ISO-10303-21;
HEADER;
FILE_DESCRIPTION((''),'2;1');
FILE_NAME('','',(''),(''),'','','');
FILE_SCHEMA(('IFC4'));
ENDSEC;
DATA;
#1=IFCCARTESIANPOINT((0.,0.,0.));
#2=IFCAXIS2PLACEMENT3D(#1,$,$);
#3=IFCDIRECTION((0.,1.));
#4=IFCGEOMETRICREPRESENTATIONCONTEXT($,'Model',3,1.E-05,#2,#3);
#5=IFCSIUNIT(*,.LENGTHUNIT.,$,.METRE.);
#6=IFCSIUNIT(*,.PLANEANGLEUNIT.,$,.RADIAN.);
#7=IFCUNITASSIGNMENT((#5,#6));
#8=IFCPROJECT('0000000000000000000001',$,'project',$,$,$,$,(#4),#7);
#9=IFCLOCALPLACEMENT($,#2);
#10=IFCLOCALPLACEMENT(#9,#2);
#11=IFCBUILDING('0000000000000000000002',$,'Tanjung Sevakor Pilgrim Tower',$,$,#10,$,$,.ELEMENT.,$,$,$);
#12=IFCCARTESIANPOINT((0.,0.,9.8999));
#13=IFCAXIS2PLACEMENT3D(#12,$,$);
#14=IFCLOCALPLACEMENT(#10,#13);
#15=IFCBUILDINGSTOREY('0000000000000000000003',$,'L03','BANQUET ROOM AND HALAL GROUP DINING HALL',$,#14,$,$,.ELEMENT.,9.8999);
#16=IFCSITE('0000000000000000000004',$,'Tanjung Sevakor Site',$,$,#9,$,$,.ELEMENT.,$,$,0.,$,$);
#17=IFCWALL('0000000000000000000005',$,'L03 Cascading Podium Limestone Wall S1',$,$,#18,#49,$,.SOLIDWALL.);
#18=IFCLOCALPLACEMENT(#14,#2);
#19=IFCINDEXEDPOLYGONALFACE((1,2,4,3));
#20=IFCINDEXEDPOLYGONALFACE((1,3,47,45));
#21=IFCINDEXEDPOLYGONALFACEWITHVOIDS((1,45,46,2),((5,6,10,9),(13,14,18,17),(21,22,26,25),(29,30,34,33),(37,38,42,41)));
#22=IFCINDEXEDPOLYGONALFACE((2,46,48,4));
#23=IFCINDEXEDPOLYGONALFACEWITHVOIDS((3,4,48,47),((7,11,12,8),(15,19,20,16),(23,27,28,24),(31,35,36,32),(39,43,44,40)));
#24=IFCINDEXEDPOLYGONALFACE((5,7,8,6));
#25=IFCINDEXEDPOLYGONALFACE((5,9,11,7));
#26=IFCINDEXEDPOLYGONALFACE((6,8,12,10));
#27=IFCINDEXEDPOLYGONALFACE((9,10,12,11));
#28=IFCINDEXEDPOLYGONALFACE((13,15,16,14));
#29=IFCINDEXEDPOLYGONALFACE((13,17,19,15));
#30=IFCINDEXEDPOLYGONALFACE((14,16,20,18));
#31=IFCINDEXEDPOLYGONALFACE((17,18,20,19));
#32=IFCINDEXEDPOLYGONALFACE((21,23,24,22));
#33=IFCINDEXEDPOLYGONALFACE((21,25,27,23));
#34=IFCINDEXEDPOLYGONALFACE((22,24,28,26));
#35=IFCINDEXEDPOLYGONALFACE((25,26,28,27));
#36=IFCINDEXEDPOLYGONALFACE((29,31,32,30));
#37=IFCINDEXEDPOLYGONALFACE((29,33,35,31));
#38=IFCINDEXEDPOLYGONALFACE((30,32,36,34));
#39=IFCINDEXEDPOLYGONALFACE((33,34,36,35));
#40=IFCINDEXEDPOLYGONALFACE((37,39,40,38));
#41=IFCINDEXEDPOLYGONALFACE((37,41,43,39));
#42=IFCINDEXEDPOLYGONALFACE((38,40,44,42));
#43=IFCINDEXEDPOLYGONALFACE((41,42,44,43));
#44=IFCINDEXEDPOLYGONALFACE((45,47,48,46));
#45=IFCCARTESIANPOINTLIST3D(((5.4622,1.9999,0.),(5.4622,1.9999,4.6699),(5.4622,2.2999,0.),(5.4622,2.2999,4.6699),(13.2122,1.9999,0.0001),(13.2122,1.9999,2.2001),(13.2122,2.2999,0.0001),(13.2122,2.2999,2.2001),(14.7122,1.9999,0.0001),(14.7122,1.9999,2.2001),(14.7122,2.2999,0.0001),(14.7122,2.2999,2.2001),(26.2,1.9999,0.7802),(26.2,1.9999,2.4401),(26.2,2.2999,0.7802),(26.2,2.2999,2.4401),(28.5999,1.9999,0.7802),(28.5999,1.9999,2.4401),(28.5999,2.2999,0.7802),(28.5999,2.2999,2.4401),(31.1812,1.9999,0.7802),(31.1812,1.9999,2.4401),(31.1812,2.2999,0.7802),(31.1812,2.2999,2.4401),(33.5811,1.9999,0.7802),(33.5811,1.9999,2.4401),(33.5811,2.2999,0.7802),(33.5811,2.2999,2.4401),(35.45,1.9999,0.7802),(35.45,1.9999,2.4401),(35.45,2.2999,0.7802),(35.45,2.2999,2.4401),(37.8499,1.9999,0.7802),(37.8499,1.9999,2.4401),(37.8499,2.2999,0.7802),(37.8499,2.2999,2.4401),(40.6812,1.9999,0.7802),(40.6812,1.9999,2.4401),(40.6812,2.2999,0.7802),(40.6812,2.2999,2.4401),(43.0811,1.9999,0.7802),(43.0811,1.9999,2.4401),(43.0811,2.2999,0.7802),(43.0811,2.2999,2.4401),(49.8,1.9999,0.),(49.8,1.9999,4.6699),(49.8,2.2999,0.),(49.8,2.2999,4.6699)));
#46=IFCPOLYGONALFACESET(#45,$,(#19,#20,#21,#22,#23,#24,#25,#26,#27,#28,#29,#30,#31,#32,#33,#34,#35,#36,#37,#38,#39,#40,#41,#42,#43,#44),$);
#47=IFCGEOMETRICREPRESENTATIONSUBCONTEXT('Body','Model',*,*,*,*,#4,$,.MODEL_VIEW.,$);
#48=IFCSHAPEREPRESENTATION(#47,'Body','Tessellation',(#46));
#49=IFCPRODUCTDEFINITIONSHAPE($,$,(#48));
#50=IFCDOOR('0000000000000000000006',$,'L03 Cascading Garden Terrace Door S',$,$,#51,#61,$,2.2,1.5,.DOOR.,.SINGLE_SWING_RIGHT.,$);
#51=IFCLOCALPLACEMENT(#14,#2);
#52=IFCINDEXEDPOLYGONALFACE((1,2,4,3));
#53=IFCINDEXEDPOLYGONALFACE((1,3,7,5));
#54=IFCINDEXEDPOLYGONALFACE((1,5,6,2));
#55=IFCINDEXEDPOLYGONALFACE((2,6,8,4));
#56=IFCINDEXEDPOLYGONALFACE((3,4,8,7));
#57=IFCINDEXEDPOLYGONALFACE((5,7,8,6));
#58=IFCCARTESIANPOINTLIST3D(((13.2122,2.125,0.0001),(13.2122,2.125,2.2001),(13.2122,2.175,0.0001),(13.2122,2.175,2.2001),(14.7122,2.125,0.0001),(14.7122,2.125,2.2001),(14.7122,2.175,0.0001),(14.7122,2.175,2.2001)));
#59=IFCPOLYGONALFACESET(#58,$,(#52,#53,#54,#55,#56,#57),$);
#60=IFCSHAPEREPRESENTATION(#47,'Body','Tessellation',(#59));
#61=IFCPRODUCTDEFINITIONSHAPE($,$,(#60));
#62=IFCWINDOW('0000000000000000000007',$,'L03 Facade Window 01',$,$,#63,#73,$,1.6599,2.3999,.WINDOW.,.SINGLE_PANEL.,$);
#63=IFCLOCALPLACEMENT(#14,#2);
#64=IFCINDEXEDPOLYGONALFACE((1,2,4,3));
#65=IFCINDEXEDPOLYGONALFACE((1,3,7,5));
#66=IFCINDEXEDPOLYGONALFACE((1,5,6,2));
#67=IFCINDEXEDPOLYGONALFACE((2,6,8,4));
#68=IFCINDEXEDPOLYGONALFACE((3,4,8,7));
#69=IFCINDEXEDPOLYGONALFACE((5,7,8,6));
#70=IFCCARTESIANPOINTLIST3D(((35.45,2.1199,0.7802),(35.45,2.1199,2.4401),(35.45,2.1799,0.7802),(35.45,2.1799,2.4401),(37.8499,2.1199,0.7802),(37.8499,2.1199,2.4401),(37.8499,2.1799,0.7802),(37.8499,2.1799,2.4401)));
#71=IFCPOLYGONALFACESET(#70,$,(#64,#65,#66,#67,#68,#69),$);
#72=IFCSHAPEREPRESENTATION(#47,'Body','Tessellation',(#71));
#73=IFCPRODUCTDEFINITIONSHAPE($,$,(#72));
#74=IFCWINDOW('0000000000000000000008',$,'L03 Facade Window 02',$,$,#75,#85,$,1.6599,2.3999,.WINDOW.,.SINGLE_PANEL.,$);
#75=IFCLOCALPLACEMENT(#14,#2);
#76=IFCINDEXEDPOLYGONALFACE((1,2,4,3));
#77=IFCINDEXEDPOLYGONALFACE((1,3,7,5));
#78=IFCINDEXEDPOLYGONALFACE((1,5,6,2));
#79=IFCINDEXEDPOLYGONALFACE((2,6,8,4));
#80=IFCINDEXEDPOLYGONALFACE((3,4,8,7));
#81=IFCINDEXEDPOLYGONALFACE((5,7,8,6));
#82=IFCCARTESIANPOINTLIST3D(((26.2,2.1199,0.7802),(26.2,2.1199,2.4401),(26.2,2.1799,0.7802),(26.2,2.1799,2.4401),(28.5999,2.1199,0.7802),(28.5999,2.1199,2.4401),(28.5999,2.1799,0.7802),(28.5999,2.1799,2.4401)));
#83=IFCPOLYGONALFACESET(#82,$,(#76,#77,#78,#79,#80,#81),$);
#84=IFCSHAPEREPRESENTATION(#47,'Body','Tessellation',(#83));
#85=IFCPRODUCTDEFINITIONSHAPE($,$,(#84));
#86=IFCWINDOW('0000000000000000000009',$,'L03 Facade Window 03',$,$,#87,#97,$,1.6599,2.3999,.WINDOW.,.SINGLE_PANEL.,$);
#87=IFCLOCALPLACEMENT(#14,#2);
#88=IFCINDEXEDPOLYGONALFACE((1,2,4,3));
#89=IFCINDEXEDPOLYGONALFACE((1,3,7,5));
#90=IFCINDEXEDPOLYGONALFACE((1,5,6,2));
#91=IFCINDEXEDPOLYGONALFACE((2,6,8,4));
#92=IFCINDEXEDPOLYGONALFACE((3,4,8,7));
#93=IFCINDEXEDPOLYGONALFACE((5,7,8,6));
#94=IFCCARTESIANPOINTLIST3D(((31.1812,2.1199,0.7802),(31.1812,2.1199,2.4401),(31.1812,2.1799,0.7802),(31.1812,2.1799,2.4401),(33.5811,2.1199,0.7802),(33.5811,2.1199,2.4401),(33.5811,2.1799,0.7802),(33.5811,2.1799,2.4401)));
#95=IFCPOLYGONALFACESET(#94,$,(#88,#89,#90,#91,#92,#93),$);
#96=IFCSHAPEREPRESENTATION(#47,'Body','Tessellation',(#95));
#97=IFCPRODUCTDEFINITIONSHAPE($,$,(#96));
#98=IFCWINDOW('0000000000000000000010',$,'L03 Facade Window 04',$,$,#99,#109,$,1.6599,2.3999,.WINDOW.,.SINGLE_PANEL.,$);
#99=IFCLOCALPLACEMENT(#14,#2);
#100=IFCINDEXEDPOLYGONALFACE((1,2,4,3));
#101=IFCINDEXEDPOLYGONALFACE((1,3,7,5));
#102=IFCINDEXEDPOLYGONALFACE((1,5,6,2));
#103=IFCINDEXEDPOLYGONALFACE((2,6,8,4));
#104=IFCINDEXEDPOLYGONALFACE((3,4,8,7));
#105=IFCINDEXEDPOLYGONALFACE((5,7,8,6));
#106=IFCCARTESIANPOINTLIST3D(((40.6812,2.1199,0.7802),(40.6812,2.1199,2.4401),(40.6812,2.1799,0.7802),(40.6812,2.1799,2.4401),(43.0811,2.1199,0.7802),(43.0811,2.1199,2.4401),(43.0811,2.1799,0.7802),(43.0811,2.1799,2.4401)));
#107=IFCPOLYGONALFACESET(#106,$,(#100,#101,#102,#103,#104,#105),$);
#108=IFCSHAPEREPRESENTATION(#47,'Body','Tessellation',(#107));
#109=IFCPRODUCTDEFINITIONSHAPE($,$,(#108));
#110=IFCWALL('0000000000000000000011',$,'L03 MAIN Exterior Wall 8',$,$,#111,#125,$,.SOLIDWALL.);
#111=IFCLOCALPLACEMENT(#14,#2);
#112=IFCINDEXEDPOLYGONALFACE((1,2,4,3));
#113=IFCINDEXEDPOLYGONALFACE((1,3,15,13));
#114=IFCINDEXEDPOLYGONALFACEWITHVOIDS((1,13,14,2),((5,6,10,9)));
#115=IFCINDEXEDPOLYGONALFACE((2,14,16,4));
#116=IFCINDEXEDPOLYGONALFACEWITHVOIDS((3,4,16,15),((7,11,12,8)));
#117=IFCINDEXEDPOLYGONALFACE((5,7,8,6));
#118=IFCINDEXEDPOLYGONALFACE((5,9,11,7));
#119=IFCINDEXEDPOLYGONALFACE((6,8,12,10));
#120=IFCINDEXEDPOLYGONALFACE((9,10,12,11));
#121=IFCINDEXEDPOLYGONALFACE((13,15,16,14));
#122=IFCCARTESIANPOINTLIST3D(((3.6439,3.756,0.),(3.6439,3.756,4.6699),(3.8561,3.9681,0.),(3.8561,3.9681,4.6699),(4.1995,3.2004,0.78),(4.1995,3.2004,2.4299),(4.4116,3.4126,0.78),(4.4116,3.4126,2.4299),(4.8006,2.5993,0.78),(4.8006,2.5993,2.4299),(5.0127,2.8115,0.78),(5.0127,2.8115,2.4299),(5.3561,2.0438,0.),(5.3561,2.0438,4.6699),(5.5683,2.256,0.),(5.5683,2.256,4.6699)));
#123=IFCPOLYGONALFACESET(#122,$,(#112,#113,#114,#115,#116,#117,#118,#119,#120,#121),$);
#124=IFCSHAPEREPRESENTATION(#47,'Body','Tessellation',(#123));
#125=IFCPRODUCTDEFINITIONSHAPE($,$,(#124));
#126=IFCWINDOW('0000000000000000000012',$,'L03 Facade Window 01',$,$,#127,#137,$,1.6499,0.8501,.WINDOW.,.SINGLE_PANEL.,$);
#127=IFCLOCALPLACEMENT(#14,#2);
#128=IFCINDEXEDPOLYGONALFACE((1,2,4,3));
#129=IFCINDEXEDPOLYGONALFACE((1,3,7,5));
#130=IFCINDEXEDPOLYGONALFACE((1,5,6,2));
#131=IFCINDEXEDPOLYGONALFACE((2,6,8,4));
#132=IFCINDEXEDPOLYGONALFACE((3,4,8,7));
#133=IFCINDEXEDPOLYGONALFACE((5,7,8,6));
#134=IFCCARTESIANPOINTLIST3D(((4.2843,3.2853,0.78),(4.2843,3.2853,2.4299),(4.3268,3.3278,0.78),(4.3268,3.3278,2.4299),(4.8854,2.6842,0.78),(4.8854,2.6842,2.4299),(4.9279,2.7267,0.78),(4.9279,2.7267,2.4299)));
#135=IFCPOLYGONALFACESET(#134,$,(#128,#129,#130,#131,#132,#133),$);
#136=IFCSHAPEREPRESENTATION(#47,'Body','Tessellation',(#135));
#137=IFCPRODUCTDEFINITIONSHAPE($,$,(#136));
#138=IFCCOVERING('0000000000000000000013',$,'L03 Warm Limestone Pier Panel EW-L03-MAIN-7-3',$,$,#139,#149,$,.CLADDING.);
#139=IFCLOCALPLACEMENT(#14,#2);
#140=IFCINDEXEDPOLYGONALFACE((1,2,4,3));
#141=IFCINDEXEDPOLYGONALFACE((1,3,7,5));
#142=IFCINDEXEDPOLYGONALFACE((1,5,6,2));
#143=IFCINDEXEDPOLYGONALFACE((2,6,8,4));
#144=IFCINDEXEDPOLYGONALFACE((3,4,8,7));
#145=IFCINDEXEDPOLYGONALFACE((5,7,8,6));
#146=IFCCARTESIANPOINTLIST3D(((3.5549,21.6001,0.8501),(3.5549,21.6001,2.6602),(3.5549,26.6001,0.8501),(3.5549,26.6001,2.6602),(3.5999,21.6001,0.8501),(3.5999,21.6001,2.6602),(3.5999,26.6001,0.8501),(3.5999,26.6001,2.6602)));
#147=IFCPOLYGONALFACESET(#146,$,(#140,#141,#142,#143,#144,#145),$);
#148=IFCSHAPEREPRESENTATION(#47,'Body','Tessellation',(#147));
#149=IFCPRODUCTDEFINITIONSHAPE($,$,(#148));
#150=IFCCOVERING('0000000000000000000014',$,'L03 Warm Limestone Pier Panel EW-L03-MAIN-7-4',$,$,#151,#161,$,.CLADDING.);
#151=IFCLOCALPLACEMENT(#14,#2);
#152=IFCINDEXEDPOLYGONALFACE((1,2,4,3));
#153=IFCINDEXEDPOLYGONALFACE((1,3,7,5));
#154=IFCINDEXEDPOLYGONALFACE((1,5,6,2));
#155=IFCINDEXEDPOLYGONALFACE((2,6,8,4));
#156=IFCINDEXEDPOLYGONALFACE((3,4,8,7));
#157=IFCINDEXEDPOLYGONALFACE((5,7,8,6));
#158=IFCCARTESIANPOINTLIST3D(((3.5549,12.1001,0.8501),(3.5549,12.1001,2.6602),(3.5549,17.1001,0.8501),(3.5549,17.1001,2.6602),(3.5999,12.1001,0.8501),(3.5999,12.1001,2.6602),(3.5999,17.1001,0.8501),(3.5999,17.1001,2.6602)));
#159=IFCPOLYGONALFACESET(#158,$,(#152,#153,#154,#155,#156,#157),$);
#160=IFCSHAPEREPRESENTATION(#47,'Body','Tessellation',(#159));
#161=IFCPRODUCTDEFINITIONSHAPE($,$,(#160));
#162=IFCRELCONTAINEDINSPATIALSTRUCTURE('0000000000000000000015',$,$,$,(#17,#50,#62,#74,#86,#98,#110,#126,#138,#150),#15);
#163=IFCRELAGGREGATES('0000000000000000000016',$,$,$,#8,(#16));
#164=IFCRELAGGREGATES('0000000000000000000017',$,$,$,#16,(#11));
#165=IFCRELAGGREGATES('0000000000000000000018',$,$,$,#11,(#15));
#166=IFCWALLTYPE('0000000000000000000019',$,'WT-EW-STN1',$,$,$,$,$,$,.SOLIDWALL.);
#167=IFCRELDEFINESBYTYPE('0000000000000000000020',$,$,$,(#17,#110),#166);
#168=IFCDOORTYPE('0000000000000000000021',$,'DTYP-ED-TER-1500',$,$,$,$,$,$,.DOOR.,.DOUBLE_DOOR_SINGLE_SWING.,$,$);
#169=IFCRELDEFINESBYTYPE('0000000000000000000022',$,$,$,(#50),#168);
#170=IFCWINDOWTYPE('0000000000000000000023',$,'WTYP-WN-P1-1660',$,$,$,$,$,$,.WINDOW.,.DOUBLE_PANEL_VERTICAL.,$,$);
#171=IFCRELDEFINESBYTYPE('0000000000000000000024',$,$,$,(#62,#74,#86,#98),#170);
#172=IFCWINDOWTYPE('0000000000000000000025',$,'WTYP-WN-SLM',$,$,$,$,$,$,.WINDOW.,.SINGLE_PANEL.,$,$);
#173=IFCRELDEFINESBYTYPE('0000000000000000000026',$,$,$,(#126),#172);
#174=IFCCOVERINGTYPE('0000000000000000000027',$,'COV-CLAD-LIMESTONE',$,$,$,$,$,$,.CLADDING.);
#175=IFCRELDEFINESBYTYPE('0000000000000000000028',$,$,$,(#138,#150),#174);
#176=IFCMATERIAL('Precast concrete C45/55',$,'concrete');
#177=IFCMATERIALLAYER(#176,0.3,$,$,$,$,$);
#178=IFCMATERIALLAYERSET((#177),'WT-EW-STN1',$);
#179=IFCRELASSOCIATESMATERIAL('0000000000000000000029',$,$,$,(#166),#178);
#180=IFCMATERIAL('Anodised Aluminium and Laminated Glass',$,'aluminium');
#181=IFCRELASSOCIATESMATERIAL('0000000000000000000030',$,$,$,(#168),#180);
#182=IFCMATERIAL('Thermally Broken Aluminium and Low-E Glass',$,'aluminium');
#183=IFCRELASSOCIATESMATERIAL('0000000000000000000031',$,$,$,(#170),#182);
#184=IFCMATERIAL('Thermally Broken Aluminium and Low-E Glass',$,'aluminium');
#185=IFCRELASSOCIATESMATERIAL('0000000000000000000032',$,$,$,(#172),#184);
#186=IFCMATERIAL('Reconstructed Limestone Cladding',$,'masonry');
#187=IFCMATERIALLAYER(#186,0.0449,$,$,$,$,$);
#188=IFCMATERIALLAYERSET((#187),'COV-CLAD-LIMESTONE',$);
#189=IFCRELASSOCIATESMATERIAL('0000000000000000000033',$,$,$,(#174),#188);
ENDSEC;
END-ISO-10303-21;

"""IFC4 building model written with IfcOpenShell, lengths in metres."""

from ifc_helpers import new_model, si_unit, direction, frame, frame_2d, origin, origin_2d, place, context, subcontext, project, spatial, rectangle, extrude, material, layer, layer_set, type_object, element, fill, save


model = new_model("IFC4")

# Units and contexts
model_context = context("Model", 3, precision=1e-05, world=origin(), true_north=direction((0.0, 1.0)))
body_context = subcontext(model_context, "Body", "Model", "MODEL_VIEW")
ifc_project = project(units=[si_unit("LENGTHUNIT", "METRE"), si_unit("PLANEANGLEUNIT", "RADIAN")], contexts=[model_context])

# Site, building, storey
site_placement = place(None, origin())
site = spatial("IfcSite", under=ifc_project, at=site_placement, Name="Tanjung Sevakor Site", CompositionType="ELEMENT", RefElevation=0.0)
building_placement = place(site_placement, origin())
building = spatial("IfcBuilding", under=site, at=building_placement, Name="Tanjung Sevakor Pilgrim Tower", CompositionType="ELEMENT")
storey_placement = place(building_placement, frame((0.0, 0.0, 9.8999)))
storey = spatial("IfcBuildingStorey", under=building, at=storey_placement, Name="L03", Description="BANQUET ROOM AND HALAL GROUP DINING HALL", CompositionType="ELEMENT", Elevation=9.8999)

# Wall, openings, door, windows
ifc_material_1 = material(Name="Precast concrete C45/55", Category="concrete")
ifc_layer_1 = layer(ifc_material_1, 0.3)
ifc_layer_set_1 = layer_set([ifc_layer_1], Name="WT-EW-STN1")
wall_type_1 = type_object("IfcWallType", Name="WT-EW-STN1", PredefinedType="SOLIDWALL", material=ifc_layer_set_1)
wall_1_placement = place(storey_placement, frame((5.4622, 2.1499, 0.0), z_axis=(0.0, 0.0, 1.0), x_axis=(1.0, 0.0, 0.0)))
wall_1 = element("IfcWall", 1, at=wall_1_placement, inside=storey, type_object=wall_type_1, Name="L03 Cascading Podium Limestone Wall S1", PredefinedType="SOLIDWALL", context=body_context, shape_type="SweptSolid", body=[
    extrude(rectangle(XDim=44.3379, YDim=0.3, at=frame_2d((22.1689, 0.0))), origin(), (0.0, 0.0, 1.0), 4.6699),
])
opening_1_placement = place(wall_1_placement, frame((7.75, 0.0, 0.0)))
opening_1 = element("IfcOpeningElement", 2, at=opening_1_placement, cuts=wall_1, PredefinedType="OPENING", context=body_context, shape_type="SweptSolid", body=[
    extrude(rectangle(XDim=1.5, YDim=2.2, at=frame_2d((0.75, 1.1001))), frame((0.0, 0.1599, 0.0), z_axis=(0.0, -1.0, 0.0), x_axis=(1.0, 0.0, 0.0)), (0.0, 0.0, 1.0), 0.3201),
])
opening_2_placement = place(wall_1_placement, frame((29.9878, 0.0, 0.78)))
opening_2 = element("IfcOpeningElement", 3, at=opening_2_placement, cuts=wall_1, PredefinedType="OPENING", context=body_context, shape_type="SweptSolid", body=[
    extrude(rectangle(XDim=2.3999, YDim=1.6599, at=frame_2d((1.2, 0.8301))), frame((0.0, 0.1599, 0.0), z_axis=(0.0, -1.0, 0.0), x_axis=(1.0, 0.0, 0.0)), (0.0, 0.0, 1.0), 0.3201),
])
opening_3_placement = place(wall_1_placement, frame((20.7378, 0.0, 0.78)))
opening_3 = element("IfcOpeningElement", 4, at=opening_3_placement, cuts=wall_1, PredefinedType="OPENING", context=body_context, shape_type="SweptSolid", body=[
    extrude(rectangle(XDim=2.3999, YDim=1.6599, at=frame_2d((1.2, 0.8301))), frame((0.0, 0.1599, 0.0), z_axis=(0.0, -1.0, 0.0), x_axis=(1.0, 0.0, 0.0)), (0.0, 0.0, 1.0), 0.3201),
])
opening_4_placement = place(wall_1_placement, frame((25.719, 0.0, 0.78)))
opening_4 = element("IfcOpeningElement", 5, at=opening_4_placement, cuts=wall_1, PredefinedType="OPENING", context=body_context, shape_type="SweptSolid", body=[
    extrude(rectangle(XDim=2.3999, YDim=1.6599, at=frame_2d((1.2, 0.8301))), frame((0.0, 0.1599, 0.0), z_axis=(0.0, -1.0, 0.0), x_axis=(1.0, 0.0, 0.0)), (0.0, 0.0, 1.0), 0.3201),
])
opening_5_placement = place(wall_1_placement, frame((35.219, 0.0, 0.78)))
opening_5 = element("IfcOpeningElement", 6, at=opening_5_placement, cuts=wall_1, PredefinedType="OPENING", context=body_context, shape_type="SweptSolid", body=[
    extrude(rectangle(XDim=2.3999, YDim=1.6599, at=frame_2d((1.2, 0.8301))), frame((0.0, 0.1599, 0.0), z_axis=(0.0, -1.0, 0.0), x_axis=(1.0, 0.0, 0.0)), (0.0, 0.0, 1.0), 0.3201),
])
ifc_material_2 = material(Name="Anodised Aluminium and Laminated Glass", Category="aluminium")
door_type_1 = type_object("IfcDoorType", Name="DTYP-ED-TER-1500", OperationType="DOUBLE_DOOR_SINGLE_SWING", PredefinedType="DOOR", material=ifc_material_2)
door_1_placement = place(opening_1_placement, frame((1.5, 0.0, 0.0), z_axis=(0.0, 0.0, 1.0), x_axis=(-1.0, 0.0, 0.0)))
door_1 = element("IfcDoor", 7, at=door_1_placement, inside=storey, type_object=door_type_1, Name="L03 Cascading Garden Terrace Door S", OperationType="SINGLE_SWING_RIGHT", OverallHeight=2.2, OverallWidth=1.5, PredefinedType="DOOR", context=body_context, shape_type="SweptSolid", body=[
    extrude(rectangle(XDim=1.5, YDim=2.2, at=frame_2d((0.75, 1.1001))), frame((0.0, 0.0249, 0.0), z_axis=(0.0, -1.0, 0.0), x_axis=(1.0, 0.0, 0.0)), (0.0, 0.0, 1.0), 0.05),
])
fill(opening_1, door_1)
ifc_material_3 = material(Name="Thermally Broken Aluminium and Low-E Glass", Category="aluminium")
window_type_1 = type_object("IfcWindowType", Name="WTYP-WN-P1-1660", PartitioningType="DOUBLE_PANEL_VERTICAL", PredefinedType="WINDOW", material=ifc_material_3)
window_1_placement = place(opening_2_placement, origin())
window_1 = element("IfcWindow", 8, at=window_1_placement, inside=storey, type_object=window_type_1, Name="L03 Facade Window 01", OverallHeight=1.6599, OverallWidth=2.3999, PartitioningType="SINGLE_PANEL", PredefinedType="WINDOW", context=body_context, shape_type="SweptSolid", body=[
    extrude(rectangle(XDim=2.3999, YDim=1.6599, at=frame_2d((1.2, 0.8301))), frame((0.0, 0.03, 0.0), z_axis=(0.0, -1.0, 0.0), x_axis=(1.0, 0.0, 0.0)), (0.0, 0.0, 1.0), 0.0601),
])
fill(opening_2, window_1)
window_2_placement = place(opening_3_placement, origin())
window_2 = element("IfcWindow", 9, at=window_2_placement, inside=storey, type_object=window_type_1, Name="L03 Facade Window 02", OverallHeight=1.6599, OverallWidth=2.3999, PartitioningType="SINGLE_PANEL", PredefinedType="WINDOW", context=body_context, shape_type="SweptSolid", body=[
    extrude(rectangle(XDim=2.3999, YDim=1.6599, at=frame_2d((1.2, 0.8301))), frame((0.0, 0.03, 0.0), z_axis=(0.0, -1.0, 0.0), x_axis=(1.0, 0.0, 0.0)), (0.0, 0.0, 1.0), 0.0601),
])
fill(opening_3, window_2)
window_3_placement = place(opening_4_placement, origin())
window_3 = element("IfcWindow", 10, at=window_3_placement, inside=storey, type_object=window_type_1, Name="L03 Facade Window 03", OverallHeight=1.6599, OverallWidth=2.3999, PartitioningType="SINGLE_PANEL", PredefinedType="WINDOW", context=body_context, shape_type="SweptSolid", body=[
    extrude(rectangle(XDim=2.3999, YDim=1.6599, at=frame_2d((1.2, 0.8301))), frame((0.0, 0.03, 0.0), z_axis=(0.0, -1.0, 0.0), x_axis=(1.0, 0.0, 0.0)), (0.0, 0.0, 1.0), 0.0601),
])
fill(opening_4, window_3)
window_4_placement = place(opening_5_placement, origin())
window_4 = element("IfcWindow", 11, at=window_4_placement, inside=storey, type_object=window_type_1, Name="L03 Facade Window 04", OverallHeight=1.6599, OverallWidth=2.3999, PartitioningType="SINGLE_PANEL", PredefinedType="WINDOW", context=body_context, shape_type="SweptSolid", body=[
    extrude(rectangle(XDim=2.3999, YDim=1.6599, at=frame_2d((1.2, 0.8301))), frame((0.0, 0.03, 0.0), z_axis=(0.0, -1.0, 0.0), x_axis=(1.0, 0.0, 0.0)), (0.0, 0.0, 1.0), 0.0601),
])
fill(opening_5, window_4)

# Wall, opening, window
wall_2_placement = place(storey_placement, frame((3.75, 3.8621, 0.0), z_axis=(0.0, 0.0, 1.0), x_axis=(0.707107, -0.707107, 0.0)))
wall_2 = element("IfcWall", 12, at=wall_2_placement, inside=storey, type_object=wall_type_1, Name="L03 MAIN Exterior Wall 8", PredefinedType="SOLIDWALL", context=body_context, shape_type="SweptSolid", body=[
    extrude(rectangle(XDim=2.4214, YDim=0.3, at=frame_2d((1.2107, 0.0))), origin(), (0.0, 0.0, 1.0), 4.6699),
])
opening_6_placement = place(wall_2_placement, frame((0.7856, 0.0, 0.78)))
opening_6 = element("IfcOpeningElement", 13, at=opening_6_placement, cuts=wall_2, PredefinedType="OPENING", context=body_context, shape_type="SweptSolid", body=[
    extrude(rectangle(XDim=0.8501, YDim=1.6499, at=frame_2d((0.425, 0.825))), frame((0.0, 0.1599, 0.0), z_axis=(0.0, -1.0, 0.0), x_axis=(1.0, 0.0, 0.0)), (0.0, 0.0, 1.0), 0.3201),
])
ifc_material_4 = material(Name="Thermally Broken Aluminium and Low-E Glass", Category="aluminium")
window_type_2 = type_object("IfcWindowType", Name="WTYP-WN-SLM", PartitioningType="SINGLE_PANEL", PredefinedType="WINDOW", material=ifc_material_4)
window_5_placement = place(opening_6_placement, origin())
window_5 = element("IfcWindow", 14, at=window_5_placement, inside=storey, type_object=window_type_2, Name="L03 Facade Window 01", OverallHeight=1.6499, OverallWidth=0.8501, PartitioningType="SINGLE_PANEL", PredefinedType="WINDOW", context=body_context, shape_type="SweptSolid", body=[
    extrude(rectangle(XDim=0.8501, YDim=1.6499, at=frame_2d((0.425, 0.825))), frame((0.0, 0.03, 0.0), z_axis=(0.0, -1.0, 0.0), x_axis=(1.0, 0.0, 0.0)), (0.0, 0.0, 1.0), 0.0601),
])
fill(opening_6, window_5)

# Coverings
ifc_material_5 = material(Name="Reconstructed Limestone Cladding", Category="masonry")
ifc_layer_2 = layer(ifc_material_5, 0.0449)
ifc_layer_set_2 = layer_set([ifc_layer_2], Name="COV-CLAD-LIMESTONE")
covering_type = type_object("IfcCoveringType", Name="COV-CLAD-LIMESTONE", PredefinedType="CLADDING", material=ifc_layer_set_2)
for number, where, z_axis, x_axis, name in (
    (15, (3.5774, 24.1001, 0.8501), (0.0, 0.0, 1.0), (0.0, -1.0, 0.0), "L03 Warm Limestone Pier Panel EW-L03-MAIN-7-3"),
    (16, (3.5774, 14.6001, 0.8501), (0.0, 0.0, 1.0), (0.0, -1.0, 0.0), "L03 Warm Limestone Pier Panel EW-L03-MAIN-7-4"),
):
    element("IfcCovering", number, at=place(storey_placement, frame(where, z_axis=z_axis, x_axis=x_axis)), inside=storey, type_object=covering_type, Name=name, PredefinedType="CLADDING", context=body_context, shape_type="SweptSolid", body=[
        extrude(rectangle(XDim=5.0, YDim=0.0449, at=origin_2d()), origin(), (0.0, 0.0, 1.0), 1.8101),
    ])

save(model, "model.ifc")
